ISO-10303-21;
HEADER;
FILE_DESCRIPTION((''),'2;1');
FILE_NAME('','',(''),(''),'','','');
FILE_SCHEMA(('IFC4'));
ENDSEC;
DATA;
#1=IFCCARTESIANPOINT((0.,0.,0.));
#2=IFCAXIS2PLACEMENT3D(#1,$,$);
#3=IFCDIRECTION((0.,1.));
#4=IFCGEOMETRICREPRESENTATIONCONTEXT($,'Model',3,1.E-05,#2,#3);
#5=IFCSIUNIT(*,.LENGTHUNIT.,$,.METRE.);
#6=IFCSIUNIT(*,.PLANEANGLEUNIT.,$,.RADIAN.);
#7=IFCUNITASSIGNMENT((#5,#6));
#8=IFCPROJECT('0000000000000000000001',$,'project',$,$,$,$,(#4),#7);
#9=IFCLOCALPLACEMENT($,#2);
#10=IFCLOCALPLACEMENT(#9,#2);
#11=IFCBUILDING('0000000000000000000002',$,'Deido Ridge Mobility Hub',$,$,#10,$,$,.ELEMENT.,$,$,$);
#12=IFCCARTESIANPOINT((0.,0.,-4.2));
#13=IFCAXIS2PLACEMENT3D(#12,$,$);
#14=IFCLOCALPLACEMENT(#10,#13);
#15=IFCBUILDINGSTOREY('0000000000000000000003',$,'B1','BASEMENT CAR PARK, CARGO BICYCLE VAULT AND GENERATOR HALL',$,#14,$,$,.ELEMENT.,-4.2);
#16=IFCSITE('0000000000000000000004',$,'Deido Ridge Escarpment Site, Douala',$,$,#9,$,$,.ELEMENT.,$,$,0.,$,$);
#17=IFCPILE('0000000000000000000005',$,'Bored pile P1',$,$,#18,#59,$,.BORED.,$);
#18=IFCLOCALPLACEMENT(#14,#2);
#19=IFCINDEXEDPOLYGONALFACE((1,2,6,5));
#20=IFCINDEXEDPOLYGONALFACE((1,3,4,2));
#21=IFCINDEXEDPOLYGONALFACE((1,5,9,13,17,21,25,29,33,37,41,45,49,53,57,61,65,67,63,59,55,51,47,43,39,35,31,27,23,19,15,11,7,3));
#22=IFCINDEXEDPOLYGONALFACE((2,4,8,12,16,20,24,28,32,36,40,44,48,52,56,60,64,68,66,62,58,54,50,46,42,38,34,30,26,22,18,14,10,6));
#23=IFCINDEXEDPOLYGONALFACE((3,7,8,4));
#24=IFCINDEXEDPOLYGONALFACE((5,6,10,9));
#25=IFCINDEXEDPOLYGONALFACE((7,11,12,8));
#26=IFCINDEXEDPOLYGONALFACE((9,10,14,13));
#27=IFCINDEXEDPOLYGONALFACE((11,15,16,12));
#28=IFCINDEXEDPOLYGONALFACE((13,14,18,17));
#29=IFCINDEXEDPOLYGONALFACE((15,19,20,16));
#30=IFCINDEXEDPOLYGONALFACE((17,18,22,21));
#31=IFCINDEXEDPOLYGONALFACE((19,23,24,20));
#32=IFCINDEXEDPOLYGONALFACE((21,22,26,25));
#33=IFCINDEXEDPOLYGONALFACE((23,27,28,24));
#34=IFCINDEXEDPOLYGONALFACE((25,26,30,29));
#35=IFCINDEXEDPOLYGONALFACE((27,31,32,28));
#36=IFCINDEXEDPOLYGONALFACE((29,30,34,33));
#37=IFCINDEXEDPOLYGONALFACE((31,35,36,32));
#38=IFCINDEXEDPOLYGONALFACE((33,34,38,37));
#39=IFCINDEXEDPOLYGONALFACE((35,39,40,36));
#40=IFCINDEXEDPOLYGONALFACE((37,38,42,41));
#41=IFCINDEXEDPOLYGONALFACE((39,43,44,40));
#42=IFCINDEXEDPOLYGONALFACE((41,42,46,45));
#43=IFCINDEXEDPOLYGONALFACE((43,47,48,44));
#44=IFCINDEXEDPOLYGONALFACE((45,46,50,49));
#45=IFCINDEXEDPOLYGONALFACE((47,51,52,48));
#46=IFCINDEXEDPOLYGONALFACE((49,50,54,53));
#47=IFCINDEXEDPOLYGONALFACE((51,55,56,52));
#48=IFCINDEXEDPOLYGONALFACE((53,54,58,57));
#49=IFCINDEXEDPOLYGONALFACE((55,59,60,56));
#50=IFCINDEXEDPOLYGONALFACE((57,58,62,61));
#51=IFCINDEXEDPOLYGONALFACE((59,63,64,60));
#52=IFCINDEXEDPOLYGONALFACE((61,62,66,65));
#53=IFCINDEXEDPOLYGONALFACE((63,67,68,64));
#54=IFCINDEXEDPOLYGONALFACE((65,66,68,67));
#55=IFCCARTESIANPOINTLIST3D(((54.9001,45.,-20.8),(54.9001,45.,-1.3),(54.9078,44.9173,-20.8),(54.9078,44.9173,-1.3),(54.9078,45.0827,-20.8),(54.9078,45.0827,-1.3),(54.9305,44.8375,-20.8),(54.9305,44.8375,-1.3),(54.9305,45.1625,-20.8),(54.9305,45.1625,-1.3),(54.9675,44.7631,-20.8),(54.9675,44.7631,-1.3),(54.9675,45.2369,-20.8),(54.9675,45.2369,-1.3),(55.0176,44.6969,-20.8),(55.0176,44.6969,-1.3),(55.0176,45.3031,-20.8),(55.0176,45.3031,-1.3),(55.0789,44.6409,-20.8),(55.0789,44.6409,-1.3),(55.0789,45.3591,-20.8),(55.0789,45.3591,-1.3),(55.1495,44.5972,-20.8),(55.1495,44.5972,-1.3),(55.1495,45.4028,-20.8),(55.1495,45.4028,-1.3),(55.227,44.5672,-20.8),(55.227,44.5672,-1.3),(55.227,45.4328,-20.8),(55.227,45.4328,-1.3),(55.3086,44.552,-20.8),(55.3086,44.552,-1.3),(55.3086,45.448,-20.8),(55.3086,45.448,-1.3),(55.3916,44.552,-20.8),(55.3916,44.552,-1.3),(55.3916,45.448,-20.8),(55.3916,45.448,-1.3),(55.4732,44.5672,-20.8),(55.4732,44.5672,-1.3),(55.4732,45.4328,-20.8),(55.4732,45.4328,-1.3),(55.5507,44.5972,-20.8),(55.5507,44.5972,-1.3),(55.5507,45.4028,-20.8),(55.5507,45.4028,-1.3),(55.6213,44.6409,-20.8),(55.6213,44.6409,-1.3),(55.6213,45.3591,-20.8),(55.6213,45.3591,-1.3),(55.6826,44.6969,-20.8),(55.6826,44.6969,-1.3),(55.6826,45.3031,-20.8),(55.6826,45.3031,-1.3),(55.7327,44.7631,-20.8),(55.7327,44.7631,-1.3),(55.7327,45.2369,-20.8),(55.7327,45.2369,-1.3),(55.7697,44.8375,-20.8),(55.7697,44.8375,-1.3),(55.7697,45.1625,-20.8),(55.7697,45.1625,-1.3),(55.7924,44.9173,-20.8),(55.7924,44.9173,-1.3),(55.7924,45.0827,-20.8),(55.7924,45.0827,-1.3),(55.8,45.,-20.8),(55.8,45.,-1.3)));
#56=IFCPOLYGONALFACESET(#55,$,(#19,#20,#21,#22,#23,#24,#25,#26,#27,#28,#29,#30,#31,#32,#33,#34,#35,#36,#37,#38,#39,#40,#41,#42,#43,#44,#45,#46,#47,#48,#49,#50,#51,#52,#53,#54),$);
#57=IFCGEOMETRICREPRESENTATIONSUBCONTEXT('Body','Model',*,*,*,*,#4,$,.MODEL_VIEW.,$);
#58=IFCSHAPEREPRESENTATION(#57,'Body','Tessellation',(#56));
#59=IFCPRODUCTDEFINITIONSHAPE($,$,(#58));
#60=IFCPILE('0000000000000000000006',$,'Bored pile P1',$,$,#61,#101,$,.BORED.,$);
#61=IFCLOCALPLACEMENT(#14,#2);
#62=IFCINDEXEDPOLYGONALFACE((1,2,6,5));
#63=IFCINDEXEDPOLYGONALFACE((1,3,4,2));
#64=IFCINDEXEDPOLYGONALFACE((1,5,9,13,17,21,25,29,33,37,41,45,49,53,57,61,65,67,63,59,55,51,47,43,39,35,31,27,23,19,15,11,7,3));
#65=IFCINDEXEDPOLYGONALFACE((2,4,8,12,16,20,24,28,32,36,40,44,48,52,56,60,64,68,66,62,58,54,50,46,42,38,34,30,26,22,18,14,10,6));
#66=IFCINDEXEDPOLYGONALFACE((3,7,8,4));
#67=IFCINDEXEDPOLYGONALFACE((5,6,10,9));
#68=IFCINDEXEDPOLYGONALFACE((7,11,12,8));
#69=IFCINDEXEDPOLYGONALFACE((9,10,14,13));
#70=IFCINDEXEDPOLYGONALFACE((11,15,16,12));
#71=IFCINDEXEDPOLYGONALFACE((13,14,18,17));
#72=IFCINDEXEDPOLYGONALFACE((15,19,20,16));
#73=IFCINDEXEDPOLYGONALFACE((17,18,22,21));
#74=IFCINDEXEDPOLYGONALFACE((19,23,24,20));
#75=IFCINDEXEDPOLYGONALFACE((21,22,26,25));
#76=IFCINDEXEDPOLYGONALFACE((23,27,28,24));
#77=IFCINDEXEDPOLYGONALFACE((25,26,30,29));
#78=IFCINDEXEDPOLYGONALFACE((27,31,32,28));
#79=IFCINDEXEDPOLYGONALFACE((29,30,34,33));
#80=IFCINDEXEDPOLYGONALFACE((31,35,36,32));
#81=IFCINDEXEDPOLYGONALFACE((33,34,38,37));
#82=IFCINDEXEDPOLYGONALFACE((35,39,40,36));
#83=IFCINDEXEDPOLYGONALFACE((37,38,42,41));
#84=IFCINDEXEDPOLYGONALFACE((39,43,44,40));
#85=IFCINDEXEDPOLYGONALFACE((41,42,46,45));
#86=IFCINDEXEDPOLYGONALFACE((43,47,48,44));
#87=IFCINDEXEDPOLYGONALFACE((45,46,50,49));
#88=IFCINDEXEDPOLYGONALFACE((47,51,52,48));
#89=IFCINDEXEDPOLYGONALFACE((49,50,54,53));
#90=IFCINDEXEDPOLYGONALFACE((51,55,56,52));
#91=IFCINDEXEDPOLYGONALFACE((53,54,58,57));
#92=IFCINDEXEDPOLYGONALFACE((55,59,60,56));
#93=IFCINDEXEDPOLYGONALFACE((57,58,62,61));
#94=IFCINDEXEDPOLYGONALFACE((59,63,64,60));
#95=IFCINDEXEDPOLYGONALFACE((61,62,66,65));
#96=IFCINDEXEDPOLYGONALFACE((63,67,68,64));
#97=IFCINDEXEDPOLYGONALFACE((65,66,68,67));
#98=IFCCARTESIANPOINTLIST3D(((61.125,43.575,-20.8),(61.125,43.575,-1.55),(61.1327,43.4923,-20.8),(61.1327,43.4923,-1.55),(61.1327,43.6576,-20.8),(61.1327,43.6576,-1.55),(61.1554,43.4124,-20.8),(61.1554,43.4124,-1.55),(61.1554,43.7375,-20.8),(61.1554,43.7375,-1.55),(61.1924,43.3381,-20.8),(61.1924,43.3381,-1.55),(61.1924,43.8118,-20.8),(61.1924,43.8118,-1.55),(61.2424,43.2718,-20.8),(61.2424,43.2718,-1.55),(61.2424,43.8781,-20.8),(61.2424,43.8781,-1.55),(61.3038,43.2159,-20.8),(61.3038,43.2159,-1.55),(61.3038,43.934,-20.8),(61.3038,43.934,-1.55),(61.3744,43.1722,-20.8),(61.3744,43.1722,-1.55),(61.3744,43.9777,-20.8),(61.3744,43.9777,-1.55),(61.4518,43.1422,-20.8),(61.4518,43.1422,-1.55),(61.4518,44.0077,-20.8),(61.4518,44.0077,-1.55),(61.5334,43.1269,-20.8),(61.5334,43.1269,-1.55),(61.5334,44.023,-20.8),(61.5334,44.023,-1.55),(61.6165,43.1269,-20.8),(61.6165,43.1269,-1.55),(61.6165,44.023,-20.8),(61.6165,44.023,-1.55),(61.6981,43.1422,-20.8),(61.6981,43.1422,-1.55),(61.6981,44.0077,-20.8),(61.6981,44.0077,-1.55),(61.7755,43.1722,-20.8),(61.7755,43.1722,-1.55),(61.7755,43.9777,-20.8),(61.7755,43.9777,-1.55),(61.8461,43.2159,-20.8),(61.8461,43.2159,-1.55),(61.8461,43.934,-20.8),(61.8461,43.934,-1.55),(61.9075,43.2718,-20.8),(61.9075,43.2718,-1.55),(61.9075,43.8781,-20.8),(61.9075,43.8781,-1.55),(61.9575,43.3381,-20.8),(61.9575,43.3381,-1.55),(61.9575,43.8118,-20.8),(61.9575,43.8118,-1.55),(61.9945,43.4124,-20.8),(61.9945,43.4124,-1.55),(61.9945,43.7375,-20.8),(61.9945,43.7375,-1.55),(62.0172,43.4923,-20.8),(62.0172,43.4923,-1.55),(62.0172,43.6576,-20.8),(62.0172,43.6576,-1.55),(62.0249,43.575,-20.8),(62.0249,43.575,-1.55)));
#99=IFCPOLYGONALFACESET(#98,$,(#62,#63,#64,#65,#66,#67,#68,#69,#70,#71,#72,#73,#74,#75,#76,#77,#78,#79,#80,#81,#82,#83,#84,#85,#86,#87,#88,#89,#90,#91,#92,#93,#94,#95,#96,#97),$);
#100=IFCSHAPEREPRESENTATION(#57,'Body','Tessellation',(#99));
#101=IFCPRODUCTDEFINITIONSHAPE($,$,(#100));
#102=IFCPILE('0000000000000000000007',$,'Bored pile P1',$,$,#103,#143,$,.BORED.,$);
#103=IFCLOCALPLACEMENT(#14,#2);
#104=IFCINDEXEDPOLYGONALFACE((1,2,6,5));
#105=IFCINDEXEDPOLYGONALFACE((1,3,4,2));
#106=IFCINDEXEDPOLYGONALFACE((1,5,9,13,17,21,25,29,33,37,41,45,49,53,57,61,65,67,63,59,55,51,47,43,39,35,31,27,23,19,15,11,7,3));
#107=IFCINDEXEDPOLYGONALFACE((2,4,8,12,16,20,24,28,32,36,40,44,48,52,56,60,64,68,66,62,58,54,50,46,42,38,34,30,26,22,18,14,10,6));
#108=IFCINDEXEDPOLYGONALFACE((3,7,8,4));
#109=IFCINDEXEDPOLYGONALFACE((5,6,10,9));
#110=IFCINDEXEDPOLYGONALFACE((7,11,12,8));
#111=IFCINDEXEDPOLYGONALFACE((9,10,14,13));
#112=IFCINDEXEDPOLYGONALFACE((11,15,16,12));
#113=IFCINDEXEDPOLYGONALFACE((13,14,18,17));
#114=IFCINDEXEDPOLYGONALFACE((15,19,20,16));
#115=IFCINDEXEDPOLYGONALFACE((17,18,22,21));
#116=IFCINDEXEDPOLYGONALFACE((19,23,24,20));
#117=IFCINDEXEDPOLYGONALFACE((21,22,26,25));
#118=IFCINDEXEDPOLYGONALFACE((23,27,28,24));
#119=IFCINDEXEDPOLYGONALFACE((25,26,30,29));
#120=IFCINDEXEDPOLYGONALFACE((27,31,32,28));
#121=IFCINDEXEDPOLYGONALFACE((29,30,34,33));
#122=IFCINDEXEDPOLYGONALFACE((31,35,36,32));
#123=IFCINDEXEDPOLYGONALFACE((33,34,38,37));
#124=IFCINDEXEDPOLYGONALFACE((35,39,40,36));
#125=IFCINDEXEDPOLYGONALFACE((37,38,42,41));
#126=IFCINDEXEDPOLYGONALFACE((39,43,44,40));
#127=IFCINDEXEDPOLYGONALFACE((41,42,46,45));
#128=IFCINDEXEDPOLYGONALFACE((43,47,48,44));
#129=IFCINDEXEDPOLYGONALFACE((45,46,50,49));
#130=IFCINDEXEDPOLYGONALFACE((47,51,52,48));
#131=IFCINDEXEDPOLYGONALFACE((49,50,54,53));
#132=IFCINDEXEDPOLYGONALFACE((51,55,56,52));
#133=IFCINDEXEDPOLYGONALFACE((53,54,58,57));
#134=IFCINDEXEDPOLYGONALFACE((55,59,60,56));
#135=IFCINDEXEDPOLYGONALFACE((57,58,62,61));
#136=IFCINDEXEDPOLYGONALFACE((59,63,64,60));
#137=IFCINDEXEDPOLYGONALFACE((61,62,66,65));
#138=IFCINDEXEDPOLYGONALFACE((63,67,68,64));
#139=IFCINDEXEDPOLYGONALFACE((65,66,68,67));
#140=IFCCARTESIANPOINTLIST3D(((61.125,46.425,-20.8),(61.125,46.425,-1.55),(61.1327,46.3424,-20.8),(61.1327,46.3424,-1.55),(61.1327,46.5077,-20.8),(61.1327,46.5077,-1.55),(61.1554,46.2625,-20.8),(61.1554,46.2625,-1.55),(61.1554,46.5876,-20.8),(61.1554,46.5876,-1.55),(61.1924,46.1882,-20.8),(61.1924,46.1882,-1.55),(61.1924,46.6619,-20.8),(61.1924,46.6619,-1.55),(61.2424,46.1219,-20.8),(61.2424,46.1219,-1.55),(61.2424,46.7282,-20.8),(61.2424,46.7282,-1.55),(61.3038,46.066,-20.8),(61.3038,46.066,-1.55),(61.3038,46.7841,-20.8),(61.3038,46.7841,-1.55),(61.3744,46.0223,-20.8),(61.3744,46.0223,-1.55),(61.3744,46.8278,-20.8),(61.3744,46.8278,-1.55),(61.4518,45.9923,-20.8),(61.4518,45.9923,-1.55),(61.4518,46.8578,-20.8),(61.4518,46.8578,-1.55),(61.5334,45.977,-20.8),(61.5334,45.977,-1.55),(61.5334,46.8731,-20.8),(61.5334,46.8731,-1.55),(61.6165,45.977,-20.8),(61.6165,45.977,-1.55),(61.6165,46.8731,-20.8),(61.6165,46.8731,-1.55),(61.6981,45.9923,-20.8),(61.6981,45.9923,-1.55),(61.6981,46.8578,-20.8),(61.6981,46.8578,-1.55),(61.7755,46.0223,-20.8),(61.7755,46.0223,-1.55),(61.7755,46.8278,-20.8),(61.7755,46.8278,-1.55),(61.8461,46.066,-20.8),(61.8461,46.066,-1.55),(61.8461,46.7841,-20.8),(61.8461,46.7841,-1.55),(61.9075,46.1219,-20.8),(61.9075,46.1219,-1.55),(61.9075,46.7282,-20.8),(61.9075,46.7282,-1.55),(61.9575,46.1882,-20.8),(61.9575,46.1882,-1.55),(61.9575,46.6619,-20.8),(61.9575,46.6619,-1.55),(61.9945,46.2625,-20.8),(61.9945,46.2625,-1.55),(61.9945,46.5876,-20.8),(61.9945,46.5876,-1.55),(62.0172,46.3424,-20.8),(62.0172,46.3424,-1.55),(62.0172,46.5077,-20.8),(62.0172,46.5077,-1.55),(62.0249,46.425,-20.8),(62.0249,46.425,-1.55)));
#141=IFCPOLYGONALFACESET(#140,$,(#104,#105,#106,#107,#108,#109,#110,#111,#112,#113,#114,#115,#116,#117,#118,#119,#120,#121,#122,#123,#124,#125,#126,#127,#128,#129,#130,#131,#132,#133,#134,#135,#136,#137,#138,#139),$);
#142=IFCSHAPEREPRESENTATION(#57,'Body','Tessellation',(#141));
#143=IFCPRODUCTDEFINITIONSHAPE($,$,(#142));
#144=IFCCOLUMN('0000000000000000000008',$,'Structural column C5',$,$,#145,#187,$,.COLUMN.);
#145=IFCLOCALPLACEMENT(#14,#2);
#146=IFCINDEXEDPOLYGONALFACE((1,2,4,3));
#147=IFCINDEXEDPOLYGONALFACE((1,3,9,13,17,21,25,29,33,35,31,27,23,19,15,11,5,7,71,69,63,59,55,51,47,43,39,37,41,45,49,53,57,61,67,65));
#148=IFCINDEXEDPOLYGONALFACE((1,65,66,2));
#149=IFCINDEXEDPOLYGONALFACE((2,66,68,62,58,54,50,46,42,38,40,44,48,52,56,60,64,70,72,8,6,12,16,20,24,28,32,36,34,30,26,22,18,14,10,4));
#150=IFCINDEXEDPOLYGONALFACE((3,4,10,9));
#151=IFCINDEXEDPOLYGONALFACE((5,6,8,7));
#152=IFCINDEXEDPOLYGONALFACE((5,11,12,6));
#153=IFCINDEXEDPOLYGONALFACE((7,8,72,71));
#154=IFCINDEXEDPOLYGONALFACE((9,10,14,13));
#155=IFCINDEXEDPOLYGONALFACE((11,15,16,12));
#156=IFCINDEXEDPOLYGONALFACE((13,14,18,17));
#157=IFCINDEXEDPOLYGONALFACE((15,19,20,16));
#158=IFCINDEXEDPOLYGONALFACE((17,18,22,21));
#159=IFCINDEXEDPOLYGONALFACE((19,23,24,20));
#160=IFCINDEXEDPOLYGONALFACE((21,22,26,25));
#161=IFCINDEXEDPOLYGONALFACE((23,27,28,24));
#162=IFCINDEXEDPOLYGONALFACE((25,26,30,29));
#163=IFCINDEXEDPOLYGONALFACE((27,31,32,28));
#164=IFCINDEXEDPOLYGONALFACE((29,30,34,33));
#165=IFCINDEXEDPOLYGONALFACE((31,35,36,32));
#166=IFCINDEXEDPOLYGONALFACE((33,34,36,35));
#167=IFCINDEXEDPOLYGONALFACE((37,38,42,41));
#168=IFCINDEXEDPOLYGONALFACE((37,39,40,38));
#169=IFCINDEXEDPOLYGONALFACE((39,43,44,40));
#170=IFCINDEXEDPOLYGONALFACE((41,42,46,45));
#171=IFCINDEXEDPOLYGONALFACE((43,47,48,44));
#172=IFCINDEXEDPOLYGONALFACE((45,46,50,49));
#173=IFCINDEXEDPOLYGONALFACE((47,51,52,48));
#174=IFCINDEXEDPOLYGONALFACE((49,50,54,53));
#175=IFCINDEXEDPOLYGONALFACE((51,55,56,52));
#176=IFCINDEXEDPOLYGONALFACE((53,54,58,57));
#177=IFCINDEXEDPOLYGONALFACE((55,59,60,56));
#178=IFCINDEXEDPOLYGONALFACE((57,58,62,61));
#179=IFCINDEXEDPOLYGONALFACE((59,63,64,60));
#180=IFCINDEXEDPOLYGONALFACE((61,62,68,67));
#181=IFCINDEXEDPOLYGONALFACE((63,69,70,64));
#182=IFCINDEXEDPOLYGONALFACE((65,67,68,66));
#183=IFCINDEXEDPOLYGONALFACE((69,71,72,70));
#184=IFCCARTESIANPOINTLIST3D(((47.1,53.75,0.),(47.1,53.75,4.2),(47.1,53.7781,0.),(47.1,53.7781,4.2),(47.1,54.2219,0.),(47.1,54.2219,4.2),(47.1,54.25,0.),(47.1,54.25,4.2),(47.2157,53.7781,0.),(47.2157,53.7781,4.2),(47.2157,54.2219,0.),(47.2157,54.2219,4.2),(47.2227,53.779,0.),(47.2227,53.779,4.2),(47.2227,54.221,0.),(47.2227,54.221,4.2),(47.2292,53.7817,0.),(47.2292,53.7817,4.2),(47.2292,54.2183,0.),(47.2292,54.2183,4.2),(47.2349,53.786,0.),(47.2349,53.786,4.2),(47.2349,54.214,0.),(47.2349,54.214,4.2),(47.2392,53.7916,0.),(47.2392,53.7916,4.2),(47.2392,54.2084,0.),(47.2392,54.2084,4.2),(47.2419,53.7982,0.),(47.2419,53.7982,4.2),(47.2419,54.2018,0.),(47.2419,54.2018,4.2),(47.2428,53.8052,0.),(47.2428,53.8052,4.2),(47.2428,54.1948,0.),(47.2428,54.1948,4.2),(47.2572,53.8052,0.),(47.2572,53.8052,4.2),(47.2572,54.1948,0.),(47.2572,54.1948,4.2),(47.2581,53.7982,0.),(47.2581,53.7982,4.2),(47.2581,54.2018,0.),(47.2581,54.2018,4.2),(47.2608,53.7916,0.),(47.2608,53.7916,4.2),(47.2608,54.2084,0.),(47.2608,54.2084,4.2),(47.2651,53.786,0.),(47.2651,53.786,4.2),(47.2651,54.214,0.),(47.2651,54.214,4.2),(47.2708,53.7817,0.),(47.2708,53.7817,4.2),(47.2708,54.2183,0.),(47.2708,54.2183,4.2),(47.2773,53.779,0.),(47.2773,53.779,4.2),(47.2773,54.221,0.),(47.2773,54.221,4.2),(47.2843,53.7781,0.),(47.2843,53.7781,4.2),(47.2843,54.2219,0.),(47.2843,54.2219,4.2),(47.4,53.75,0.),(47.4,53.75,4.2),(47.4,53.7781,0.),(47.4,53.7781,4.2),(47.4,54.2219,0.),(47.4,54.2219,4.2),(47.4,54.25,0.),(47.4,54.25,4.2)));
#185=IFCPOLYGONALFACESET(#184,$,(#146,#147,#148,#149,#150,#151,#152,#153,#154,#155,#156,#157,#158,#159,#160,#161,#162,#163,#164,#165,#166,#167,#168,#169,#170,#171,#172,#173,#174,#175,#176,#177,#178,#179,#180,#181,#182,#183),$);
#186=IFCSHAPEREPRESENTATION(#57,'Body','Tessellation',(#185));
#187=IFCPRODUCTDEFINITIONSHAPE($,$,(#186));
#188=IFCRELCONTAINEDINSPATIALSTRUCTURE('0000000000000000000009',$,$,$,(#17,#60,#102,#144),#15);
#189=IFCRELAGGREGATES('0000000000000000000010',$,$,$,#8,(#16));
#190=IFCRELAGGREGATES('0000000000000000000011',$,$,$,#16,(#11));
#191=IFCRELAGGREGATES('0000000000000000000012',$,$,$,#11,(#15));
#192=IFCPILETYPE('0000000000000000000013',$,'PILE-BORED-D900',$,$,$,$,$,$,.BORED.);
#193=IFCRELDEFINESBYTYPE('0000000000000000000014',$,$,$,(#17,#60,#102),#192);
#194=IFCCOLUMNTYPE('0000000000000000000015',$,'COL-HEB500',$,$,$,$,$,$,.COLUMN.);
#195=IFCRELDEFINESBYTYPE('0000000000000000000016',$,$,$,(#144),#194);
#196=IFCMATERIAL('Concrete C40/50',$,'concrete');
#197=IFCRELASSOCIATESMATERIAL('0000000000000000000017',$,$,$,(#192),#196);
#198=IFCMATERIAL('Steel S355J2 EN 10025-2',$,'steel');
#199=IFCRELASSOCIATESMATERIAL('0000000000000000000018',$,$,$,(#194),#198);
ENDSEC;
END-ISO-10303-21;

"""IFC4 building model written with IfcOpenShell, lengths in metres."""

from ifc_helpers import new_model, si_unit, direction, frame, origin, origin_2d, place, context, subcontext, project, spatial, circle, i_section, extrude, material, material_profile, profile_set, type_object, element, save


model = new_model("IFC4")

# Units and contexts
model_context = context("Model", 3, precision=1e-05, world=origin(), true_north=direction((0.0, 1.0)))
body_context = subcontext(model_context, "Body", "Model", "MODEL_VIEW")
ifc_project = project(units=[si_unit("LENGTHUNIT", "METRE"), si_unit("PLANEANGLEUNIT", "RADIAN")], contexts=[model_context])

# Site, building, storey
site_placement = place(None, origin())
site = spatial("IfcSite", under=ifc_project, at=site_placement, Name="Deido Ridge Escarpment Site, Douala", CompositionType="ELEMENT", RefElevation=0.0)
building_placement = place(site_placement, origin())
building = spatial("IfcBuilding", under=site, at=building_placement, Name="Deido Ridge Mobility Hub", CompositionType="ELEMENT")
storey_placement = place(building_placement, frame((0.0, 0.0, -4.2)))
storey = spatial("IfcBuildingStorey", under=building, at=storey_placement, Name="B1", Description="BASEMENT CAR PARK, CARGO BICYCLE VAULT AND GENERATOR HALL", CompositionType="ELEMENT", Elevation=-4.2)

# Shared definitions
ifc_material_1 = material(Name="Concrete C40/50", Category="concrete")

# Piles
ifc_material_profile_1 = material_profile(ifc_material_1, circle(Radius=0.45, at=origin_2d()), Name="BORED PILE D900")
ifc_profile_set_1 = profile_set([ifc_material_profile_1], Name="Concrete C40/50")
pile_type = type_object("IfcPileType", Name="PILE-BORED-D900", PredefinedType="BORED", material=ifc_profile_set_1)
for number, where, z_axis, x_axis, name in (
    (1, (55.3501, 45.0, -1.3), (0.0, 0.0, -1.0), (1.0, 0.0, 0.0), "Bored pile P1"),
):
    element("IfcPile", number, at=place(storey_placement, frame(where, z_axis=z_axis, x_axis=x_axis)), inside=storey, type_object=pile_type, Name=name, PredefinedType="BORED", context=body_context, shape_type="SweptSolid", body=[
        extrude(circle(Radius=0.45, at=origin_2d()), origin(), (0.0, 0.0, 1.0), 19.5),
    ])
for number, where, z_axis, x_axis, name in (
    (2, (61.575, 43.575, -1.55), (0.0, 0.0, -1.0), (1.0, 0.0, 0.0), "Bored pile P1"),
    (3, (61.575, 46.425, -1.55), (0.0, 0.0, -1.0), (1.0, 0.0, 0.0), "Bored pile P1"),
):
    element("IfcPile", number, at=place(storey_placement, frame(where, z_axis=z_axis, x_axis=x_axis)), inside=storey, type_object=pile_type, Name=name, PredefinedType="BORED", context=body_context, shape_type="SweptSolid", body=[
        extrude(circle(Radius=0.45, at=origin_2d()), origin(), (0.0, 0.0, 1.0), 19.25),
    ])

# Column
ifc_material_2 = material(Name="Steel S355J2 EN 10025-2", Category="steel")
ifc_material_profile_2 = material_profile(ifc_material_2, i_section(OverallWidth=0.3, OverallDepth=0.5, WebThickness=0.0144, FlangeThickness=0.0281, FilletRadius=0.0271, at=origin_2d()), Name="HEB 500")
ifc_profile_set_2 = profile_set([ifc_material_profile_2], Name="Steel S355J2 EN 10025-2")
column_type = type_object("IfcColumnType", Name="COL-HEB500", PredefinedType="COLUMN", material=ifc_profile_set_2)
for number, where, z_axis, x_axis, name in (
    (4, (47.25, 54.0, 0.0), (0.0, 0.0, 1.0), (1.0, 0.0, 0.0), "Structural column C5"),
):
    element("IfcColumn", number, at=place(storey_placement, frame(where, z_axis=z_axis, x_axis=x_axis)), inside=storey, type_object=column_type, Name=name, PredefinedType="COLUMN", context=body_context, shape_type="SweptSolid", body=[
        extrude(i_section(OverallWidth=0.3, OverallDepth=0.5, WebThickness=0.0144, FlangeThickness=0.0281, FilletRadius=0.0271, at=origin_2d()), origin(), (0.0, 0.0, 1.0), 4.2),
    ])

save(model, "model.ifc")
